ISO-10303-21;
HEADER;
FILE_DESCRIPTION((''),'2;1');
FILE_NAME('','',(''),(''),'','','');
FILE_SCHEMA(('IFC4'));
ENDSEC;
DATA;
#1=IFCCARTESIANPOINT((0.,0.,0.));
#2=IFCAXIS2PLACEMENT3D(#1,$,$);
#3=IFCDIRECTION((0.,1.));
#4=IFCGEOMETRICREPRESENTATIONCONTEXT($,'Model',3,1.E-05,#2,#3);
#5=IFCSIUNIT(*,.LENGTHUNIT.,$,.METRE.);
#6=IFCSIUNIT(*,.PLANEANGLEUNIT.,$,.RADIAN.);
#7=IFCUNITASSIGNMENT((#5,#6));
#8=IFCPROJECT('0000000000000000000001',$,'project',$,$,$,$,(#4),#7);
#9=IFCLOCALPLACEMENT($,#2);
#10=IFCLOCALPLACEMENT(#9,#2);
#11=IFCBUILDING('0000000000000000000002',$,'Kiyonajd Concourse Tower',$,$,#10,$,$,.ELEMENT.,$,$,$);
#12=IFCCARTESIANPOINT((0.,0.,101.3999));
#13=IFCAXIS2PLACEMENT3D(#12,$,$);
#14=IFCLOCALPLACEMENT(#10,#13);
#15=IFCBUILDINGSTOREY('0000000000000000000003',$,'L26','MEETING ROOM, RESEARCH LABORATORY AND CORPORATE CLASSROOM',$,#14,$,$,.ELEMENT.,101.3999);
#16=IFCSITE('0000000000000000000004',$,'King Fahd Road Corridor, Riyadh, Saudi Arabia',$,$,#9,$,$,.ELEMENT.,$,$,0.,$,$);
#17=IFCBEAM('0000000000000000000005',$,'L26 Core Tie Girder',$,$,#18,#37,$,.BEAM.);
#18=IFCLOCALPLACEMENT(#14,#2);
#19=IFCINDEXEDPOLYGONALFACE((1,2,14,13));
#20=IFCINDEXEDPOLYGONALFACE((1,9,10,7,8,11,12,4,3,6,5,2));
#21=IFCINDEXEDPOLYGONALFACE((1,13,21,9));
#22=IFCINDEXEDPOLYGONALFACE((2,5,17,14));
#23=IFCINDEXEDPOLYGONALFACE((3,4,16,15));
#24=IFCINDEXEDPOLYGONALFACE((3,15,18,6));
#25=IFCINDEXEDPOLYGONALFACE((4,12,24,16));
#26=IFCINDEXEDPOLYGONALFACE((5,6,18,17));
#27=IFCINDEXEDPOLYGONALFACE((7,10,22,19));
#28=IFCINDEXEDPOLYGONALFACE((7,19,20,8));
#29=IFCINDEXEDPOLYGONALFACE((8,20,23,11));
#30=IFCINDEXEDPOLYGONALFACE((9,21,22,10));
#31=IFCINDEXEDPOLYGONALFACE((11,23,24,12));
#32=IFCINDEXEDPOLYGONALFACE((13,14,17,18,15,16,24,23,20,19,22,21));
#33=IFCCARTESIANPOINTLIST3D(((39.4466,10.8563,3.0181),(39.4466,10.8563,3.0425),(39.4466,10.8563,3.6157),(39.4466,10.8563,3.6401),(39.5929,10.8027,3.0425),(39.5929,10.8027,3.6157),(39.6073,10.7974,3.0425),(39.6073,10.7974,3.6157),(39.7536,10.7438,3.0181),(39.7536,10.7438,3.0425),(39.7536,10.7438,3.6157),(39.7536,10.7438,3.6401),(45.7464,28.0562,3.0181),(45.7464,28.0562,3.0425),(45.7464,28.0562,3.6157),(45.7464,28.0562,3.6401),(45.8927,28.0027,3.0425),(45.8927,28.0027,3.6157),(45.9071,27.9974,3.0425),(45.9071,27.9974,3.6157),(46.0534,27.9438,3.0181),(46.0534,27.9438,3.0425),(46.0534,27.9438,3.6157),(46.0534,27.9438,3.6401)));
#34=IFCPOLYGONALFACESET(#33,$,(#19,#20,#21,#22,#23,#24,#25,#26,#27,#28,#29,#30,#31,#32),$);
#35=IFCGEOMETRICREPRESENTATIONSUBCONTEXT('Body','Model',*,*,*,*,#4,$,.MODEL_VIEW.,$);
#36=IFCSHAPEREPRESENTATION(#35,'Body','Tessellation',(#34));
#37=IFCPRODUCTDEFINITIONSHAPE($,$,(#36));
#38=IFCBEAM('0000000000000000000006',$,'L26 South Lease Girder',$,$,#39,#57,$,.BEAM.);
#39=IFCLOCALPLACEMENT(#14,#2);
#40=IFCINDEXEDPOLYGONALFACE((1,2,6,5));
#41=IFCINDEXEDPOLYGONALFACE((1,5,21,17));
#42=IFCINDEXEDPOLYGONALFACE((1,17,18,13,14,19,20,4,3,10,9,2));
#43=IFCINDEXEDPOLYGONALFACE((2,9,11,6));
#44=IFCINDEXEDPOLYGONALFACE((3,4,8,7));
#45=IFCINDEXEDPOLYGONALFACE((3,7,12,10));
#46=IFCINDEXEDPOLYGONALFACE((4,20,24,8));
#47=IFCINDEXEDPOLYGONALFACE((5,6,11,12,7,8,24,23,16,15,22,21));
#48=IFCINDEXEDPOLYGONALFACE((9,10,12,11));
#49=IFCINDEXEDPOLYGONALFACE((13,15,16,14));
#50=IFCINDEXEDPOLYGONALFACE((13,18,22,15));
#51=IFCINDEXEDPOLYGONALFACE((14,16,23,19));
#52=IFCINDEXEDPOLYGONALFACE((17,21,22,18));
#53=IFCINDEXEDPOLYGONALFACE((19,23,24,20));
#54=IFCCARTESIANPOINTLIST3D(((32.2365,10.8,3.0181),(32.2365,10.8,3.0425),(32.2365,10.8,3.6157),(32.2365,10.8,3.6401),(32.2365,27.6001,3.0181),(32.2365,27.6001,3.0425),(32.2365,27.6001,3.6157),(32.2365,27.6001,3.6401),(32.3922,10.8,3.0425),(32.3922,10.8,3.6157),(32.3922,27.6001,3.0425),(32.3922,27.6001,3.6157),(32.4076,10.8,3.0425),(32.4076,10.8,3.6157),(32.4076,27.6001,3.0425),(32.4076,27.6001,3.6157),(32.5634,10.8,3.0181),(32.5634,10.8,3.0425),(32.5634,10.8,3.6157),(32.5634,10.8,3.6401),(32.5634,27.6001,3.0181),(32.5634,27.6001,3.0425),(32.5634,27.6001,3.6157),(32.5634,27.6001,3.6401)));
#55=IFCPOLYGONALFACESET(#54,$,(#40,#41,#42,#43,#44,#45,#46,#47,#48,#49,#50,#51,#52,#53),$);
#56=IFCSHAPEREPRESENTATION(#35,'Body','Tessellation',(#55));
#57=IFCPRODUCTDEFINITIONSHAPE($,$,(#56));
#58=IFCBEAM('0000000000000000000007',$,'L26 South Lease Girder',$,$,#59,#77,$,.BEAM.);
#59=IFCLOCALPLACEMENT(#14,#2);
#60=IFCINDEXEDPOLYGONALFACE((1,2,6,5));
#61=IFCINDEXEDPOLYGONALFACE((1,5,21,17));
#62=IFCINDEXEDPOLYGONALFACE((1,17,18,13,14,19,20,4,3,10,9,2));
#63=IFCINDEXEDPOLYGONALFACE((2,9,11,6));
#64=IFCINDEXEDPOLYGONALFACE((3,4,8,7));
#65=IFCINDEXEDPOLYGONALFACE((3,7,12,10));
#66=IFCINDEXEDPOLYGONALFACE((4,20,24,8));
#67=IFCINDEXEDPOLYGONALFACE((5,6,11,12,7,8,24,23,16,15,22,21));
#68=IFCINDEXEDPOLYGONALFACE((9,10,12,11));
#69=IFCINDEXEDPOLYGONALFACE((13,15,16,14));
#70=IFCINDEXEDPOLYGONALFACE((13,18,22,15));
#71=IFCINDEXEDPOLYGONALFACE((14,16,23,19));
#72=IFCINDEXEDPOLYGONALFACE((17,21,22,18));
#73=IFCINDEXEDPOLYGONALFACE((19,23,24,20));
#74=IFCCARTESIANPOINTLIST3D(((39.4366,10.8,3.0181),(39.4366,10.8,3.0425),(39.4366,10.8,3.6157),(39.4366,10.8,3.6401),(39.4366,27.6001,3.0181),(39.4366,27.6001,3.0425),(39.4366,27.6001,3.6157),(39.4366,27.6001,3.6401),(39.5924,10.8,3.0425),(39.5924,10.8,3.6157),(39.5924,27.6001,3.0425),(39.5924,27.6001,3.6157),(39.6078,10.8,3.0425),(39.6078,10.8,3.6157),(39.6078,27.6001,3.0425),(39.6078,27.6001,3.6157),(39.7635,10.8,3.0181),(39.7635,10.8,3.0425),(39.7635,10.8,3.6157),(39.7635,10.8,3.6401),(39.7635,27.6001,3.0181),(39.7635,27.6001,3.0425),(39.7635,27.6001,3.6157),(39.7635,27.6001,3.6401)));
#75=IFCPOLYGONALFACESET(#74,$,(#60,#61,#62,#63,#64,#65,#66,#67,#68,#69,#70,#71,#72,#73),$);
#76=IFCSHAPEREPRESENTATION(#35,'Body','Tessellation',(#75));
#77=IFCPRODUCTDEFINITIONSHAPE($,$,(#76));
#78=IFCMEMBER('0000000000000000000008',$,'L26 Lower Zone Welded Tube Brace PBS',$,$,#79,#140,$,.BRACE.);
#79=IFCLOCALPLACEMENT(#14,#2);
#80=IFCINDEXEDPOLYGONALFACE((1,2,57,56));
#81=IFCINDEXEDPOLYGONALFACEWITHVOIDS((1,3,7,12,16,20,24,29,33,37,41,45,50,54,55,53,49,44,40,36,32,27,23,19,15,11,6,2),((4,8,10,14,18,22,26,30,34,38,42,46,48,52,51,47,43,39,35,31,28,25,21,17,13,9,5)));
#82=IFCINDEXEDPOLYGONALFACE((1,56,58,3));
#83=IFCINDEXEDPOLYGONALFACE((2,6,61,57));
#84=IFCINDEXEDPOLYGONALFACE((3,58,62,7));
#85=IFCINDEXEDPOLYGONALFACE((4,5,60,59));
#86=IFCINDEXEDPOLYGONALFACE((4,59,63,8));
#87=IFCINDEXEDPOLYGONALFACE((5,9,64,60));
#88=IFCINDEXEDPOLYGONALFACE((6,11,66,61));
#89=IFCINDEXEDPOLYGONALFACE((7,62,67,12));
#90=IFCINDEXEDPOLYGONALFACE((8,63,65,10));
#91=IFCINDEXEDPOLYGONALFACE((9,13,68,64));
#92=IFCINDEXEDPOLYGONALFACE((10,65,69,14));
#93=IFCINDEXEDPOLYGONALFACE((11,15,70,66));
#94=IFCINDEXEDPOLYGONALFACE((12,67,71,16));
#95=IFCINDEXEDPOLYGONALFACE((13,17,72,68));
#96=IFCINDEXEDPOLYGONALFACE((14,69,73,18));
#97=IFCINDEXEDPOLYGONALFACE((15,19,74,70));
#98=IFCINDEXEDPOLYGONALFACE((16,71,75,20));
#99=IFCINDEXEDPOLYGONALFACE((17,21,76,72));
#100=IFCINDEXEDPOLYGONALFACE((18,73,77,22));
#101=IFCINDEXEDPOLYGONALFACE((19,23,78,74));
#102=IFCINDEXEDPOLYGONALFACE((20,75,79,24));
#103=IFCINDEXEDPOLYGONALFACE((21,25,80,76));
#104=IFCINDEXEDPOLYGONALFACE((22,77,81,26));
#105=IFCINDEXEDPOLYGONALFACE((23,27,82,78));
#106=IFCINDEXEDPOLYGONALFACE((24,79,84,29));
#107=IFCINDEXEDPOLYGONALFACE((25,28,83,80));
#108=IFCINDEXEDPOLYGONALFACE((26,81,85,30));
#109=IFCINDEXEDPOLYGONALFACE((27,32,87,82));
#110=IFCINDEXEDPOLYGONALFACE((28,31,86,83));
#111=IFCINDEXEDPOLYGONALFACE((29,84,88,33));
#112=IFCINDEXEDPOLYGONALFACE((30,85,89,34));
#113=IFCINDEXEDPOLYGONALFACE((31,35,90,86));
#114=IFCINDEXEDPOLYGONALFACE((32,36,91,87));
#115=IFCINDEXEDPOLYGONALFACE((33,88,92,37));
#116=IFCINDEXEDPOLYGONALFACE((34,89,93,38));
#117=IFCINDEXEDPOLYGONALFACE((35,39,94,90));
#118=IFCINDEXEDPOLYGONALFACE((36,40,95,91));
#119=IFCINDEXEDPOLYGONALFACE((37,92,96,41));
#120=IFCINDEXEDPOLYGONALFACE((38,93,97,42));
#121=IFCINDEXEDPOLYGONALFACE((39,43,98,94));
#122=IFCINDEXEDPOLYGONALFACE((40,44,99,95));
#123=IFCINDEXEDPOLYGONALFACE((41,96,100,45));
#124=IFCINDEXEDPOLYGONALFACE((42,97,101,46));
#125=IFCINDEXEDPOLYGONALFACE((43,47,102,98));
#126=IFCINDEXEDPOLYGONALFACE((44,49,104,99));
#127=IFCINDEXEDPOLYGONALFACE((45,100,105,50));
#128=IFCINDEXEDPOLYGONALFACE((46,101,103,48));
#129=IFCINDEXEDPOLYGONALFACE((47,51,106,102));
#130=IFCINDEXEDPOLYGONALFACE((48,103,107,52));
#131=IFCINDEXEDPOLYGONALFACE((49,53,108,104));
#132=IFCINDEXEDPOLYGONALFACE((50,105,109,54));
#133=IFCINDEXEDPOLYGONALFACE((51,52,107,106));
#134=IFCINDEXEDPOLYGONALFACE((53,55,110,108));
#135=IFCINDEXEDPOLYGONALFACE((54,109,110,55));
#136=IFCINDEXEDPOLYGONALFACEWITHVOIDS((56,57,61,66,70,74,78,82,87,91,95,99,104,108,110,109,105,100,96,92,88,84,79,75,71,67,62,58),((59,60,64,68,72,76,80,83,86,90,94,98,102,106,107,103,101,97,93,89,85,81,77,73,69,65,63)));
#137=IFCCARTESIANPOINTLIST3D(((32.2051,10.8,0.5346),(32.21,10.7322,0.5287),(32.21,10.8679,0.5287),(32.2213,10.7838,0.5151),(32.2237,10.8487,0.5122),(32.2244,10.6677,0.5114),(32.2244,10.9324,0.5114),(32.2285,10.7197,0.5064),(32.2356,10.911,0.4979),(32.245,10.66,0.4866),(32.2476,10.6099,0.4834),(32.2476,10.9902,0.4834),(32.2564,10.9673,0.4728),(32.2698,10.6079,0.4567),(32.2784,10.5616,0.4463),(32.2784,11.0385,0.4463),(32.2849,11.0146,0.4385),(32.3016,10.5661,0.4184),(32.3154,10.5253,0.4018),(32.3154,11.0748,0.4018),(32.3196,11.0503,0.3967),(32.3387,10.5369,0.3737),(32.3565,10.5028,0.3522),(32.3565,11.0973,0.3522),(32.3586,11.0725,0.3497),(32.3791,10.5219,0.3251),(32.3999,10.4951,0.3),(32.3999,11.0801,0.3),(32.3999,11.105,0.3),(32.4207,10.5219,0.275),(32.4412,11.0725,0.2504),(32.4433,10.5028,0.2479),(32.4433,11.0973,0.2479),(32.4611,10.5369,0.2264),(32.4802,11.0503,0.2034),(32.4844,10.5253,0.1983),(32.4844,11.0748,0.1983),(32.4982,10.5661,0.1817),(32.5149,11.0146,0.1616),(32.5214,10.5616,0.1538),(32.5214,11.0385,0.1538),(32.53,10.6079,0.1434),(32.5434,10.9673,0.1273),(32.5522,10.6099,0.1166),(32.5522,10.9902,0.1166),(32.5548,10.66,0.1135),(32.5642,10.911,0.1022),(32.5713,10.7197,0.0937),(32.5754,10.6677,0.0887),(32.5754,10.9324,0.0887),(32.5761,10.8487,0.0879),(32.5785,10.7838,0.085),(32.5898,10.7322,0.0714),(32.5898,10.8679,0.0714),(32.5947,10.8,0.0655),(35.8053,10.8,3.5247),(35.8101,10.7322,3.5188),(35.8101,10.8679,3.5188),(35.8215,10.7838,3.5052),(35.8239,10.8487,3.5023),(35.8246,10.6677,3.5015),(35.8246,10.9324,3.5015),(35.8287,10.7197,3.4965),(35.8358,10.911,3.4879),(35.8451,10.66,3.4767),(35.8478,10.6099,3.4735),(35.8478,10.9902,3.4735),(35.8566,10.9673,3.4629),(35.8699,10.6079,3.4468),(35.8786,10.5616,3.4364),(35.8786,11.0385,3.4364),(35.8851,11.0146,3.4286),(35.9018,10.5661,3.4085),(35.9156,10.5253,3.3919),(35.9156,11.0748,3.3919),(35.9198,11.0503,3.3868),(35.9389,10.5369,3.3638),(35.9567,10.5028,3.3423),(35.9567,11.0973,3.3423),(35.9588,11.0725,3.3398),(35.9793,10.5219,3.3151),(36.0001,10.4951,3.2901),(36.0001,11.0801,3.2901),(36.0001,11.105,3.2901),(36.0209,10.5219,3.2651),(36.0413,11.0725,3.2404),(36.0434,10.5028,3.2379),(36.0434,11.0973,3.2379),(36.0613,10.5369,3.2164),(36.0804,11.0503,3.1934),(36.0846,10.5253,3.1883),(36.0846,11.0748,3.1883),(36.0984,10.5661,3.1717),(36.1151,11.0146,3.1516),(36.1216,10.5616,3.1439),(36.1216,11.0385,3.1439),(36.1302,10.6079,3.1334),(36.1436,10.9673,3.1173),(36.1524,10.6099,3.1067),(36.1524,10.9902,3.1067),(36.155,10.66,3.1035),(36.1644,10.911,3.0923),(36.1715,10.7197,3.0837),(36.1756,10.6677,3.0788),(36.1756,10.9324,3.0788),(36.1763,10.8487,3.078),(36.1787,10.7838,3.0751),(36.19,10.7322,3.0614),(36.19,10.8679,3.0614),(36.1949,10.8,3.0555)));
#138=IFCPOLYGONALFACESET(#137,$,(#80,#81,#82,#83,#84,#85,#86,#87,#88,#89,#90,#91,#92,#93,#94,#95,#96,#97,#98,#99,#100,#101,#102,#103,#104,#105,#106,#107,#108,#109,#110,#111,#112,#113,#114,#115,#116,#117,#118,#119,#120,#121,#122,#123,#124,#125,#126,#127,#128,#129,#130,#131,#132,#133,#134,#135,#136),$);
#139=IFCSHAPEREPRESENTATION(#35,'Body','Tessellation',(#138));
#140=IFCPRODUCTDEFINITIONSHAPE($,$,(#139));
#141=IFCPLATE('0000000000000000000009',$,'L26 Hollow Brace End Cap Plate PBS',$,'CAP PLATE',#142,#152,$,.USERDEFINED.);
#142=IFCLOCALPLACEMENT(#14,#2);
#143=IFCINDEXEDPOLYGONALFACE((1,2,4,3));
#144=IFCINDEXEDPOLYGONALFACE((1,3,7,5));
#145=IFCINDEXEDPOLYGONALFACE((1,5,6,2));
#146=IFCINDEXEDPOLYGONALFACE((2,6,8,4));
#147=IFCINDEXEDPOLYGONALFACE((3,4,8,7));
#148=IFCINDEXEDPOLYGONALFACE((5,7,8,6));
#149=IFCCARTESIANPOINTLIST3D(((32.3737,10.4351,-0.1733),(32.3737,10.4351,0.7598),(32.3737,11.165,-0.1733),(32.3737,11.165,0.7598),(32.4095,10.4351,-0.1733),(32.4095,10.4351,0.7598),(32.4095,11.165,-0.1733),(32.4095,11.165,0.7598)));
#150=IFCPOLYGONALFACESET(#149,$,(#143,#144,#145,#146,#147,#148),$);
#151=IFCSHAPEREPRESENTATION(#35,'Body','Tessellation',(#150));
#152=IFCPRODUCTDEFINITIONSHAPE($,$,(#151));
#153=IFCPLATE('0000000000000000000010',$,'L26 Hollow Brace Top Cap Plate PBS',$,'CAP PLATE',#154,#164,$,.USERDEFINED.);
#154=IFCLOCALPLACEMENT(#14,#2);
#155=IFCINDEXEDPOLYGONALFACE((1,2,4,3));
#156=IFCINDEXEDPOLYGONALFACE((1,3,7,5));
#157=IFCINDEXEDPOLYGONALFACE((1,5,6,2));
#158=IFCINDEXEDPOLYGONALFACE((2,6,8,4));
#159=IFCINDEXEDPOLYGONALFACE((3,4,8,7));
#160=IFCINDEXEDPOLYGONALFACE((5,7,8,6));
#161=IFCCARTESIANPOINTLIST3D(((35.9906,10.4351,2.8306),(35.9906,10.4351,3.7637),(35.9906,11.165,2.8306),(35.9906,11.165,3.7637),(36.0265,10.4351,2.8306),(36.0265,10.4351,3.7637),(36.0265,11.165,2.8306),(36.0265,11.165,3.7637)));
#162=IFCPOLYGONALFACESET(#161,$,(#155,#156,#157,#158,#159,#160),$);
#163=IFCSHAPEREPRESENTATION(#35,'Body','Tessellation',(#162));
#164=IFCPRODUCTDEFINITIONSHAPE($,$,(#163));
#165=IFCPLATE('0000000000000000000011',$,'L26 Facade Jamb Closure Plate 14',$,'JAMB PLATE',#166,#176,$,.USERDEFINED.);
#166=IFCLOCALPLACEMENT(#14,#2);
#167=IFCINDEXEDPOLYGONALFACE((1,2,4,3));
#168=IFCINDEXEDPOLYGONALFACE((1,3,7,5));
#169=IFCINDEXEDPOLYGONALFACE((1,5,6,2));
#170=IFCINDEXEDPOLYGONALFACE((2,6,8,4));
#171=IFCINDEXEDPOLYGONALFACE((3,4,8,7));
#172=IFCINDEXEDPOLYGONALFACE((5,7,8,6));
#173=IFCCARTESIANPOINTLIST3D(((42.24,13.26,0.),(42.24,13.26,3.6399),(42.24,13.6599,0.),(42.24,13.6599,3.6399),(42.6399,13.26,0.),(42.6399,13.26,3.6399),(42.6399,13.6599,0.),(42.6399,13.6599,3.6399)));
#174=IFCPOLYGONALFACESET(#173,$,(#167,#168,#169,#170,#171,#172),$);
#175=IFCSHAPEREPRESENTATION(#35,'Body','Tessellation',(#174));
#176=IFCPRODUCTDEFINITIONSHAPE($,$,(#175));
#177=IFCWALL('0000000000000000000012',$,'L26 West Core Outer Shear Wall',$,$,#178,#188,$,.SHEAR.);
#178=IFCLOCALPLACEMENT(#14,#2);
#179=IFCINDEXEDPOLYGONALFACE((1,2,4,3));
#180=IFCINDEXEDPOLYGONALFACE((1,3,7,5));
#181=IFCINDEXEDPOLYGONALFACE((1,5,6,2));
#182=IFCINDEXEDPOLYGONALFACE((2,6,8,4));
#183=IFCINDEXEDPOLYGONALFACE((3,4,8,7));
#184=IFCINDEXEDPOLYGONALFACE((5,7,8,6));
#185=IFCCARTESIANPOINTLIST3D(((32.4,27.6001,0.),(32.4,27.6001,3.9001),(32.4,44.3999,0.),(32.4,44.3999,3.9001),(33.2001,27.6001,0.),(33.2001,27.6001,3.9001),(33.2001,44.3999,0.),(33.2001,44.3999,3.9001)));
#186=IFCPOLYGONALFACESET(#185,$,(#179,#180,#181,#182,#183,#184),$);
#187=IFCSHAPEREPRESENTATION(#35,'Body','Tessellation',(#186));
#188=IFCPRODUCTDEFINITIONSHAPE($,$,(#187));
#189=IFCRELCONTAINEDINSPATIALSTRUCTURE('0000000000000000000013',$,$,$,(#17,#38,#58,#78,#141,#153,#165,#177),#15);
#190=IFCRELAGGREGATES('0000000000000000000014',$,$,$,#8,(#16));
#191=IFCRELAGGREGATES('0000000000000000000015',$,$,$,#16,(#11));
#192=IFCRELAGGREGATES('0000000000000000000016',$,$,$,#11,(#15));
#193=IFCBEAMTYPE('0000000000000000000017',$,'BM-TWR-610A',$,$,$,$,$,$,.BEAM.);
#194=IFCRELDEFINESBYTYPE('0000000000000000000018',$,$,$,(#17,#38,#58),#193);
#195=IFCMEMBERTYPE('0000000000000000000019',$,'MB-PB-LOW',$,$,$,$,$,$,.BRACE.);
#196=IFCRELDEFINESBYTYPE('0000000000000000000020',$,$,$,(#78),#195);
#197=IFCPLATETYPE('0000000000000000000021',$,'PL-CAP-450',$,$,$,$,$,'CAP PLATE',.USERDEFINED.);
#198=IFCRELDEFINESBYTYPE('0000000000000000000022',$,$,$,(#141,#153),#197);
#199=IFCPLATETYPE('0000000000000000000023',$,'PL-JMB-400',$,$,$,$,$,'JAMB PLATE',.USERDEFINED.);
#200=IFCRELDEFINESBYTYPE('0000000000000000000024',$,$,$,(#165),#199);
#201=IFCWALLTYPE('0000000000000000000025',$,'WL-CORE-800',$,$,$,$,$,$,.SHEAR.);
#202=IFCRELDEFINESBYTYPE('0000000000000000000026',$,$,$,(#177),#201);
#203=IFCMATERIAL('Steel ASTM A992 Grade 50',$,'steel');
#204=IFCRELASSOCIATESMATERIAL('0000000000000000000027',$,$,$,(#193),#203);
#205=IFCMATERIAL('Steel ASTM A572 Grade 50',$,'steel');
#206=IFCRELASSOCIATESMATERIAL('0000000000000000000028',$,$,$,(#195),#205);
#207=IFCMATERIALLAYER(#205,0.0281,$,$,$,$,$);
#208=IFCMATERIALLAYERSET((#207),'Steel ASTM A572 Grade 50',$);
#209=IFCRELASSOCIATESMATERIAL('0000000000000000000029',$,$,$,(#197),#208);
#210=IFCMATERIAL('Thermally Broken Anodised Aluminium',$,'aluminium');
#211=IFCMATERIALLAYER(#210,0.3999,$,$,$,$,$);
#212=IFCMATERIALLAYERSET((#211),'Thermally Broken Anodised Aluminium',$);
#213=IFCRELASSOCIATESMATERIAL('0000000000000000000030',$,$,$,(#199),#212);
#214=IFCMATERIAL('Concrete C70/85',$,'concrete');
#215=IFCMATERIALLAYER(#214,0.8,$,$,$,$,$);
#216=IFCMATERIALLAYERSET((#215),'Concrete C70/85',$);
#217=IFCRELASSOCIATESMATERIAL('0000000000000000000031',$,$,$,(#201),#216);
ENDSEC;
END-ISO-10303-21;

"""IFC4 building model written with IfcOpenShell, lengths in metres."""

from ifc_helpers import new_model, si_unit, direction, frame, frame_2d, origin, origin_2d, place, context, subcontext, project, spatial, rectangle, hollow_circle, i_section, extrude, material, layer, layer_set, material_profile, profile_set, type_object, element, save


model = new_model("IFC4")

# Units and contexts
model_context = context("Model", 3, precision=1e-05, world=origin(), true_north=direction((0.0, 1.0)))
body_context = subcontext(model_context, "Body", "Model", "MODEL_VIEW")
ifc_project = project(units=[si_unit("LENGTHUNIT", "METRE"), si_unit("PLANEANGLEUNIT", "RADIAN")], contexts=[model_context])

# Site, building, storey
site_placement = place(None, origin())
site = spatial("IfcSite", under=ifc_project, at=site_placement, Name="King Fahd Road Corridor, Riyadh, Saudi Arabia", CompositionType="ELEMENT", RefElevation=0.0)
building_placement = place(site_placement, origin())
building = spatial("IfcBuilding", under=site, at=building_placement, Name="Kiyonajd Concourse Tower", CompositionType="ELEMENT")
storey_placement = place(building_placement, frame((0.0, 0.0, 101.3999)))
storey = spatial("IfcBuildingStorey", under=building, at=storey_placement, Name="L26", Description="MEETING ROOM, RESEARCH LABORATORY AND CORPORATE CLASSROOM", CompositionType="ELEMENT", Elevation=101.3999)

# Shared definitions
ifc_material_1 = material(Name="Concrete C70/85", Category="concrete")

# Beams
ifc_material_2 = material(Name="Steel ASTM A992 Grade 50", Category="steel")
ifc_material_profile_1 = material_profile(ifc_material_2, i_section(OverallWidth=0.3269, OverallDepth=0.6221, WebThickness=0.0154, FlangeThickness=0.0244, at=origin_2d()), Name="W610X195")
ifc_profile_set_1 = profile_set([ifc_material_profile_1], Name="Steel ASTM A992 Grade 50")
beam_type_1 = type_object("IfcBeamType", Name="BM-TWR-610A", PredefinedType="BEAM", material=ifc_profile_set_1)
beam_1_placement = place(storey_placement, frame((39.6001, 10.8, 3.3291), z_axis=(0.343925, 0.938997, 0.0), x_axis=(-0.938997, 0.343925, 0.0)))
element("IfcBeam", 1, at=beam_1_placement, inside=storey, type_object=beam_type_1, Name="L26 Core Tie Girder", PredefinedType="BEAM", context=body_context, shape_type="SweptSolid", body=[
    extrude(i_section(OverallWidth=0.3269, OverallDepth=0.6221, WebThickness=0.0154, FlangeThickness=0.0244, at=origin_2d()), origin(), (0.0, 0.0, 1.0), 18.3174),
])
for number, where, z_axis, x_axis, name in (
    (2, (32.3999, 10.8, 3.3291), (0.0, 1.0, 0.0), (-1.0, 0.0, 0.0), "L26 South Lease Girder"),
    (3, (39.6001, 10.8, 3.3291), (0.0, 1.0, 0.0), (-1.0, 0.0, 0.0), "L26 South Lease Girder"),
):
    element("IfcBeam", number, at=place(storey_placement, frame(where, z_axis=z_axis, x_axis=x_axis)), inside=storey, type_object=beam_type_1, Name=name, PredefinedType="BEAM", context=body_context, shape_type="SweptSolid", body=[
        extrude(i_section(OverallWidth=0.3269, OverallDepth=0.6221, WebThickness=0.0154, FlangeThickness=0.0244, at=origin_2d()), origin(), (0.0, 0.0, 1.0), 16.8),
    ])

# Member
ifc_material_3 = material(Name="Steel ASTM A572 Grade 50", Category="steel")
ifc_material_profile_2 = material_profile(ifc_material_3, hollow_circle(Radius=0.3049, WallThickness=0.0249, at=origin_2d()), Name="CHS-610x25")
ifc_profile_set_2 = profile_set([ifc_material_profile_2], Name="Steel ASTM A572 Grade 50")
member_type = type_object("IfcMemberType", Name="MB-PB-LOW", PredefinedType="BRACE", material=ifc_profile_set_2)
member_placement = place(storey_placement, frame((32.3999, 10.8, 0.3), z_axis=(0.769281, 0.0, 0.638911), x_axis=(0.0, 1.0, 0.0)))
element("IfcMember", 4, at=member_placement, inside=storey, type_object=member_type, Name="L26 Lower Zone Welded Tube Brace PBS", PredefinedType="BRACE", context=body_context, shape_type="SweptSolid", body=[
    extrude(hollow_circle(Radius=0.3049, WallThickness=0.0249, at=origin_2d()), origin(), (0.0, 0.0, 1.0), 4.6799),
])

# Plates
ifc_layer_1 = layer(ifc_material_3, 0.0281)
ifc_layer_set_1 = layer_set([ifc_layer_1], Name="Steel ASTM A572 Grade 50")
plate_type_1 = type_object("IfcPlateType", Name="PL-CAP-450", ElementType="CAP PLATE", PredefinedType="USERDEFINED", material=ifc_layer_set_1)
for number, where, z_axis, x_axis, name in (
    (5, (32.3916, 10.8, -0.1733), (0.0, 0.0, 1.0), (-1.0, 0.0, 0.0), "L26 Hollow Brace End Cap Plate PBS"),
    (6, (36.0085, 10.8, 2.8306), (0.0, 0.0, 1.0), (1.0, 0.0, 0.0), "L26 Hollow Brace Top Cap Plate PBS"),
):
    element("IfcPlate", number, at=place(storey_placement, frame(where, z_axis=z_axis, x_axis=x_axis)), inside=storey, type_object=plate_type_1, Name=name, ObjectType="CAP PLATE", PredefinedType="USERDEFINED", context=body_context, shape_type="SweptSolid", body=[
        extrude(rectangle(XDim=0.0359, YDim=0.73, at=origin_2d()), origin(), (0.0, 0.0, 1.0), 0.9331),
    ])
ifc_material_4 = material(Name="Thermally Broken Anodised Aluminium", Category="aluminium")
ifc_layer_2 = layer(ifc_material_4, 0.3999)
ifc_layer_set_2 = layer_set([ifc_layer_2], Name="Thermally Broken Anodised Aluminium")
plate_type_2 = type_object("IfcPlateType", Name="PL-JMB-400", ElementType="JAMB PLATE", PredefinedType="USERDEFINED", material=ifc_layer_set_2)
plate_placement = place(storey_placement, frame((42.4399, 13.46, 0.0), z_axis=(0.0, 0.0, 1.0), x_axis=(1.0, 0.0, 0.0)))
element("IfcPlate", 7, at=plate_placement, inside=storey, type_object=plate_type_2, Name="L26 Facade Jamb Closure Plate 14", ObjectType="JAMB PLATE", PredefinedType="USERDEFINED", context=body_context, shape_type="SweptSolid", body=[
    extrude(rectangle(XDim=0.3999, YDim=0.3999, at=origin_2d()), origin(), (0.0, 0.0, 1.0), 3.6399),
])

# Wall
ifc_layer_3 = layer(ifc_material_1, 0.8)
ifc_layer_set_3 = layer_set([ifc_layer_3], Name="Concrete C70/85")
wall_type_1 = type_object("IfcWallType", Name="WL-CORE-800", PredefinedType="SHEAR", material=ifc_layer_set_3)
wall_1_placement = place(storey_placement, frame((32.8, 27.6001, 0.0), z_axis=(0.0, 0.0, 1.0), x_axis=(0.0, 1.0, 0.0)))
element("IfcWall", 8, at=wall_1_placement, inside=storey, type_object=wall_type_1, Name="L26 West Core Outer Shear Wall", PredefinedType="SHEAR", context=body_context, shape_type="SweptSolid", body=[
    extrude(rectangle(XDim=16.7998, YDim=0.8, at=frame_2d((8.3999, 0.0))), origin(), (0.0, 0.0, 1.0), 3.9001),
])

save(model, "model.ifc")
